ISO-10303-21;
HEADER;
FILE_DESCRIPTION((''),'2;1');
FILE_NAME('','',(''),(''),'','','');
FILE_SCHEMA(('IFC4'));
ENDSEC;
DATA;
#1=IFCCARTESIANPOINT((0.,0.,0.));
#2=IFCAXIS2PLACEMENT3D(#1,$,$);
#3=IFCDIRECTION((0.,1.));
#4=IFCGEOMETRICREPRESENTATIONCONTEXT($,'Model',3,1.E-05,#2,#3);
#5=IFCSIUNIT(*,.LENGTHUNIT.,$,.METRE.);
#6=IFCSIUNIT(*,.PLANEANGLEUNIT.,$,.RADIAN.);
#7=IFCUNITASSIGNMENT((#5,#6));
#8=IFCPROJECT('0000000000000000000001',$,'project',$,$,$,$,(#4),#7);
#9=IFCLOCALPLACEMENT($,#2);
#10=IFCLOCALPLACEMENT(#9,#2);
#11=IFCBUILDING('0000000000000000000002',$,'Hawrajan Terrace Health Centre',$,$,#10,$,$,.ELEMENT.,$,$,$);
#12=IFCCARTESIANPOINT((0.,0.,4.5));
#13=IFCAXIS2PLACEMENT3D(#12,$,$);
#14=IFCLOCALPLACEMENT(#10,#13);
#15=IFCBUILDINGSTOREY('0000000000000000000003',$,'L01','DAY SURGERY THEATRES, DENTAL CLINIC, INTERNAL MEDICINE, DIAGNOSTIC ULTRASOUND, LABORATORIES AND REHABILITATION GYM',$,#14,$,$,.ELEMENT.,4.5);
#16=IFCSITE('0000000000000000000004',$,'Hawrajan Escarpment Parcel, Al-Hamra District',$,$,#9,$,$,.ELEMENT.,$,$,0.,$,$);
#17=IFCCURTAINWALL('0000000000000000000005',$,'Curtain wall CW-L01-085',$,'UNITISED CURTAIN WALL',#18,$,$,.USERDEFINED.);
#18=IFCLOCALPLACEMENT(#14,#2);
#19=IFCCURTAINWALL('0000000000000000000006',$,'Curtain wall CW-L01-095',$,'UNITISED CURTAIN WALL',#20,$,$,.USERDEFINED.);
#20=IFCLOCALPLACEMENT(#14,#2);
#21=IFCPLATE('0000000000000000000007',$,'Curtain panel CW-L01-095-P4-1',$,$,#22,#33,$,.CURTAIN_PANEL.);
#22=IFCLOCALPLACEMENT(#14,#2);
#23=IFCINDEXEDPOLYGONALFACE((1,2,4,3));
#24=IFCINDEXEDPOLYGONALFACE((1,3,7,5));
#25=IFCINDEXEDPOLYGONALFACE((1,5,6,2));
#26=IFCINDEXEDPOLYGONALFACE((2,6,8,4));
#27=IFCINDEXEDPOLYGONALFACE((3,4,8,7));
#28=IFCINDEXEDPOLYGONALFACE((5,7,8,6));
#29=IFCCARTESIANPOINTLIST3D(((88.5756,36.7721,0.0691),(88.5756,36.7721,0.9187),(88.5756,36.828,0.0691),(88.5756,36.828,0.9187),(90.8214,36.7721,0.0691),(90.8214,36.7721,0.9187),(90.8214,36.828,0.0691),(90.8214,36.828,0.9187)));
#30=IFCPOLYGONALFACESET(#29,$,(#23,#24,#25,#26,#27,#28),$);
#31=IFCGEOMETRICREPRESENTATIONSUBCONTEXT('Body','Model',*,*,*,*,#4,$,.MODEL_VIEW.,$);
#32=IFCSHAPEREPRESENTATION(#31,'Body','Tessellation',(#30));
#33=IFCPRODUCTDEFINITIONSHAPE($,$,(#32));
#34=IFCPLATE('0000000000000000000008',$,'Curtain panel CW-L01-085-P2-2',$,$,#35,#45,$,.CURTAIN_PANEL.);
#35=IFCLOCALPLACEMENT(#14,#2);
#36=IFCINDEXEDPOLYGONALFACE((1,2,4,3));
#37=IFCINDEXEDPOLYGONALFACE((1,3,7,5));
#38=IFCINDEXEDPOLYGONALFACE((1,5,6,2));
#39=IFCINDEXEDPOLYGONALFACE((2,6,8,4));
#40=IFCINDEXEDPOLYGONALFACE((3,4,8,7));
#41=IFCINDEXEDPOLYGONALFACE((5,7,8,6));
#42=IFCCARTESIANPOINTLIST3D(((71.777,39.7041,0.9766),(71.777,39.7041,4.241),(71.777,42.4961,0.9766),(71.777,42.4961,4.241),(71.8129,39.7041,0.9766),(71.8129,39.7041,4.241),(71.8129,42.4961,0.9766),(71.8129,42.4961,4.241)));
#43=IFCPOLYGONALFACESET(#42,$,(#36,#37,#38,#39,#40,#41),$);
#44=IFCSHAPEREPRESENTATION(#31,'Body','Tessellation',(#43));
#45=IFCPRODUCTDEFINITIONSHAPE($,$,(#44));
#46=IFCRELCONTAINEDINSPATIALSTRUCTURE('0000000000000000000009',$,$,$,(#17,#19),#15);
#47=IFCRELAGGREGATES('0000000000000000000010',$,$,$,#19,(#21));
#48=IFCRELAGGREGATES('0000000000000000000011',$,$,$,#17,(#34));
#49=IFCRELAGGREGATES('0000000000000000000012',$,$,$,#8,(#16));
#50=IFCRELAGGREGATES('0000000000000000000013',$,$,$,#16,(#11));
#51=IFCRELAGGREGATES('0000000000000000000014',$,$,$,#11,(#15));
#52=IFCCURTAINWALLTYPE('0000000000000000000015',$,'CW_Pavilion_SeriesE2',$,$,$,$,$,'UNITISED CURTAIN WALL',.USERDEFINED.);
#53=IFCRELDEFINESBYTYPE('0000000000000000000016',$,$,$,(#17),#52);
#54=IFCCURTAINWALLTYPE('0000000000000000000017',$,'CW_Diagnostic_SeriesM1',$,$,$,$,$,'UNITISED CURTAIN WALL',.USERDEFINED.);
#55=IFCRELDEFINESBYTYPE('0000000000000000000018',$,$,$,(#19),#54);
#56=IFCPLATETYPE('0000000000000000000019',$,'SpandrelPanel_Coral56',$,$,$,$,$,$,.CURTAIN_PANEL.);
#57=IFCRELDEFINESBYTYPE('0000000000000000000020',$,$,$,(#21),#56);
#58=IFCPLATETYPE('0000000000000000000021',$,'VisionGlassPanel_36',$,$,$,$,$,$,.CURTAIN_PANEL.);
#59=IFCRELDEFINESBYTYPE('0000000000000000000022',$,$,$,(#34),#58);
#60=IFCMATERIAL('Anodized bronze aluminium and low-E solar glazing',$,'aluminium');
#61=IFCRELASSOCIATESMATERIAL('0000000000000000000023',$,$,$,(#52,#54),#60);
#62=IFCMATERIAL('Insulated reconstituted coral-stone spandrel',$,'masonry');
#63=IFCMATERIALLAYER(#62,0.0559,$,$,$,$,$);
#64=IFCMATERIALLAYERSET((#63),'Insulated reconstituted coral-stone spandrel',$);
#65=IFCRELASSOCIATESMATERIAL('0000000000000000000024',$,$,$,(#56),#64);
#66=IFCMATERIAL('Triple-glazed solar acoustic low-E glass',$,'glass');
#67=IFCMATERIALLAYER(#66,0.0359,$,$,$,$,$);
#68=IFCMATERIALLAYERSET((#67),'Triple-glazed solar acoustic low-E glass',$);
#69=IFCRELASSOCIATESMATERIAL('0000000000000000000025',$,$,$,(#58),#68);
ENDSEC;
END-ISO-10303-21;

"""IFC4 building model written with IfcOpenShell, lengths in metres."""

from ifc_helpers import new_model, si_unit, direction, frame, origin, origin_2d, place, context, subcontext, project, spatial, rectangle, extrude, material, layer, layer_set, type_object, element, aggregate, save


model = new_model("IFC4")

# Units and contexts
model_context = context("Model", 3, precision=1e-05, world=origin(), true_north=direction((0.0, 1.0)))
body_context = subcontext(model_context, "Body", "Model", "MODEL_VIEW")
ifc_project = project(units=[si_unit("LENGTHUNIT", "METRE"), si_unit("PLANEANGLEUNIT", "RADIAN")], contexts=[model_context])

# Site, building, storey
site_placement = place(None, origin())
site = spatial("IfcSite", under=ifc_project, at=site_placement, Name="Hawrajan Escarpment Parcel, Al-Hamra District", CompositionType="ELEMENT", RefElevation=0.0)
building_placement = place(site_placement, origin())
building = spatial("IfcBuilding", under=site, at=building_placement, Name="Hawrajan Terrace Health Centre", CompositionType="ELEMENT")
storey_placement = place(building_placement, frame((0.0, 0.0, 4.5)))
storey = spatial("IfcBuildingStorey", under=building, at=storey_placement, Name="L01", Description="DAY SURGERY THEATRES, DENTAL CLINIC, INTERNAL MEDICINE, DIAGNOSTIC ULTRASOUND, LABORATORIES AND REHABILITATION GYM", CompositionType="ELEMENT", Elevation=4.5)

# Curtain wall
ifc_material_1 = material(Name="Anodized bronze aluminium and low-E solar glazing", Category="aluminium")
curtain_wall_type_1 = type_object("IfcCurtainWallType", Name="CW_Pavilion_SeriesE2", ElementType="UNITISED CURTAIN WALL", PredefinedType="USERDEFINED", material=ifc_material_1)
curtain_wall_1_placement = place(storey_placement, origin())
curtain_wall_1 = element("IfcCurtainWall", 1, at=curtain_wall_1_placement, inside=storey, type_object=curtain_wall_type_1, Name="Curtain wall CW-L01-085", ObjectType="UNITISED CURTAIN WALL", PredefinedType="USERDEFINED")

# Curtain wall
curtain_wall_type_2 = type_object("IfcCurtainWallType", Name="CW_Diagnostic_SeriesM1", ElementType="UNITISED CURTAIN WALL", PredefinedType="USERDEFINED", material=ifc_material_1)
curtain_wall_2_placement = place(storey_placement, origin())
curtain_wall_2 = element("IfcCurtainWall", 2, at=curtain_wall_2_placement, inside=storey, type_object=curtain_wall_type_2, Name="Curtain wall CW-L01-095", ObjectType="UNITISED CURTAIN WALL", PredefinedType="USERDEFINED")

# Plates
ifc_material_2 = material(Name="Insulated reconstituted coral-stone spandrel", Category="masonry")
ifc_layer_1 = layer(ifc_material_2, 0.0559)
ifc_layer_set_1 = layer_set([ifc_layer_1], Name="Insulated reconstituted coral-stone spandrel")
plate_type_1 = type_object("IfcPlateType", Name="SpandrelPanel_Coral56", PredefinedType="CURTAIN_PANEL", material=ifc_layer_set_1)
plate_1_placement = place(storey_placement, frame((89.6985, 36.8, 0.0691), z_axis=(0.0, 0.0, 1.0), x_axis=(1.0, 0.0, 0.0)))
plate_1 = element("IfcPlate", 3, at=plate_1_placement, type_object=plate_type_1, Name="Curtain panel CW-L01-095-P4-1", PredefinedType="CURTAIN_PANEL", context=body_context, shape_type="SweptSolid", body=[
    extrude(rectangle(XDim=2.2458, YDim=0.0559, at=origin_2d()), origin(), (0.0, 0.0, 1.0), 0.8496),
])
aggregate(curtain_wall_2, [plate_1])
ifc_material_3 = material(Name="Triple-glazed solar acoustic low-E glass", Category="glass")
ifc_layer_2 = layer(ifc_material_3, 0.0359)
ifc_layer_set_2 = layer_set([ifc_layer_2], Name="Triple-glazed solar acoustic low-E glass")
plate_type_2 = type_object("IfcPlateType", Name="VisionGlassPanel_36", PredefinedType="CURTAIN_PANEL", material=ifc_layer_set_2)
plate_2_placement = place(storey_placement, frame((71.7949, 41.1001, 0.9766), z_axis=(0.0, 0.0, 1.0), x_axis=(0.0, 1.0, 0.0)))
plate_2 = element("IfcPlate", 4, at=plate_2_placement, type_object=plate_type_2, Name="Curtain panel CW-L01-085-P2-2", PredefinedType="CURTAIN_PANEL", context=body_context, shape_type="SweptSolid", body=[
    extrude(rectangle(XDim=2.792, YDim=0.0359, at=origin_2d()), origin(), (0.0, 0.0, 1.0), 3.2644),
])
aggregate(curtain_wall_1, [plate_2])

save(model, "model.ifc")
